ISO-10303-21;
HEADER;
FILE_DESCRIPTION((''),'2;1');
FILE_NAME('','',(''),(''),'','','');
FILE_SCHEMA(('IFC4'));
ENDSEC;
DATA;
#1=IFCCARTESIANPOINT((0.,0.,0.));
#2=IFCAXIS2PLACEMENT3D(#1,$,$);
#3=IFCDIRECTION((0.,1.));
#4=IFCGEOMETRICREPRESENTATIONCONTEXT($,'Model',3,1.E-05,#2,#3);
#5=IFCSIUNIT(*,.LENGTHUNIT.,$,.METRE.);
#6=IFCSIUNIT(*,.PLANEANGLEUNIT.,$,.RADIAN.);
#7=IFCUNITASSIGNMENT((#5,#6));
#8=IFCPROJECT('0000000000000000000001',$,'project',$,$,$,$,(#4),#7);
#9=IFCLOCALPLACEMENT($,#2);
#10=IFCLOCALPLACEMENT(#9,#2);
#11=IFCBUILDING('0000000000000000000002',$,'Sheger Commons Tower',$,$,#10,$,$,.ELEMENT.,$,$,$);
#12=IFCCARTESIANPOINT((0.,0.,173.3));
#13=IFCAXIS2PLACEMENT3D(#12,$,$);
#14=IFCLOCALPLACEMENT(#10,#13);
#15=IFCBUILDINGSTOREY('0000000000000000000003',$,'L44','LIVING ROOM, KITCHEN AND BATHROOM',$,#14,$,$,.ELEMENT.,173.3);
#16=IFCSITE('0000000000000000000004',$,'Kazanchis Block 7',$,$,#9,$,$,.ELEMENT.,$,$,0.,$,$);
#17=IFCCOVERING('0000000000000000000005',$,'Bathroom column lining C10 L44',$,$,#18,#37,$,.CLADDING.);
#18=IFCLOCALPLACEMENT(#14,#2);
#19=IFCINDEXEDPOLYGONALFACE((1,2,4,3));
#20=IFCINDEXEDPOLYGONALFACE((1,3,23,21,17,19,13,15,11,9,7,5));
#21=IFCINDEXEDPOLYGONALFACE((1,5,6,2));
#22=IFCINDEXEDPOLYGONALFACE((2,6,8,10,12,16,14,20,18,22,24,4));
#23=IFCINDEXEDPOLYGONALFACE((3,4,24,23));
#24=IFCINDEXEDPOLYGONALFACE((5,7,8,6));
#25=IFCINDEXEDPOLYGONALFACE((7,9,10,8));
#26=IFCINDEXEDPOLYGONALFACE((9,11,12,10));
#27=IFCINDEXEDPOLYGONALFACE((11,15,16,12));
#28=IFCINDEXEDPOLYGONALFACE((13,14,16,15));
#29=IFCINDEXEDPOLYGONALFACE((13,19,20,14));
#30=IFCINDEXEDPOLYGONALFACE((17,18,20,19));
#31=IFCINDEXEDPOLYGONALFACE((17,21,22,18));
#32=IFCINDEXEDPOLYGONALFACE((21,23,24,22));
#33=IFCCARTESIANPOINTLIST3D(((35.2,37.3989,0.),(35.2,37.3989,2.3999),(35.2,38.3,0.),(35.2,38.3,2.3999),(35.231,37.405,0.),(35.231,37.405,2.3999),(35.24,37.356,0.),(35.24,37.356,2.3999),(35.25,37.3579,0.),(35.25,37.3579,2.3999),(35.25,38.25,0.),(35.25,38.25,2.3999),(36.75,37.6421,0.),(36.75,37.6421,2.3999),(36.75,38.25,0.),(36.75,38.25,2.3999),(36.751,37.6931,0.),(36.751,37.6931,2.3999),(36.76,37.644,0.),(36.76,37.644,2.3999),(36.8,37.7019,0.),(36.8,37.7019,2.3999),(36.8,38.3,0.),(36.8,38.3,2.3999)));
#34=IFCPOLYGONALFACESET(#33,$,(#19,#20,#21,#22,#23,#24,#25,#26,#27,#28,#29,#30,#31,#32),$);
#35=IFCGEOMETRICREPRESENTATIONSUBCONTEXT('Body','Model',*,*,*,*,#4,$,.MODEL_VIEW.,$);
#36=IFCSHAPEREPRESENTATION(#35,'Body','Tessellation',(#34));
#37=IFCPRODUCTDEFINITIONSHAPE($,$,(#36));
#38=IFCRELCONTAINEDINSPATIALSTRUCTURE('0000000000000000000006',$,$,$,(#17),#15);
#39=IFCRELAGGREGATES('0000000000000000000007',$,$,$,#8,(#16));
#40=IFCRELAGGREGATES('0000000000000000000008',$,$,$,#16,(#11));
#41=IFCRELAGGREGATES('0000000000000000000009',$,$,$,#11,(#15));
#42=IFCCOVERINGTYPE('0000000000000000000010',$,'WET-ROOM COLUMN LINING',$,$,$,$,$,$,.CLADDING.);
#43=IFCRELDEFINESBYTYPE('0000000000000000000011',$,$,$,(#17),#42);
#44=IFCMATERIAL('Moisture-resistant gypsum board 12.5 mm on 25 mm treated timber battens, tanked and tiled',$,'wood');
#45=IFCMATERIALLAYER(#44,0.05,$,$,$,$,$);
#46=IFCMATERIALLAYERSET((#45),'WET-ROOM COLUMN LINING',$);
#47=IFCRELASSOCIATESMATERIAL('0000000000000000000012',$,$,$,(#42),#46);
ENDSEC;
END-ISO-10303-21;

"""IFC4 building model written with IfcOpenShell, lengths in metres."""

from ifc_helpers import new_model, si_unit, direction, frame, origin, place, context, subcontext, project, spatial, polyline, outline, extrude, material, layer, layer_set, type_object, element, save


model = new_model("IFC4")

# Units and contexts
model_context = context("Model", 3, precision=1e-05, world=origin(), true_north=direction((0.0, 1.0)))
body_context = subcontext(model_context, "Body", "Model", "MODEL_VIEW")
ifc_project = project(units=[si_unit("LENGTHUNIT", "METRE"), si_unit("PLANEANGLEUNIT", "RADIAN")], contexts=[model_context])

# Site, building, storey
site_placement = place(None, origin())
site = spatial("IfcSite", under=ifc_project, at=site_placement, Name="Kazanchis Block 7", CompositionType="ELEMENT", RefElevation=0.0)
building_placement = place(site_placement, origin())
building = spatial("IfcBuilding", under=site, at=building_placement, Name="Sheger Commons Tower", CompositionType="ELEMENT")
storey_placement = place(building_placement, frame((0.0, 0.0, 173.3)))
storey = spatial("IfcBuildingStorey", under=building, at=storey_placement, Name="L44", Description="LIVING ROOM, KITCHEN AND BATHROOM", CompositionType="ELEMENT", Elevation=173.3)

# Covering
ifc_material_1 = material(Name="Moisture-resistant gypsum board 12.5 mm on 25 mm treated timber battens, tanked and tiled", Category="wood")
ifc_layer_1 = layer(ifc_material_1, 0.05)
ifc_layer_set_1 = layer_set([ifc_layer_1], Name="WET-ROOM COLUMN LINING")
covering_type_1 = type_object("IfcCoveringType", Name="WET-ROOM COLUMN LINING", PredefinedType="CLADDING", material=ifc_layer_set_1)
covering_1_placement = place(storey_placement, origin())
element("IfcCovering", 1, at=covering_1_placement, inside=storey, type_object=covering_type_1, Name="Bathroom column lining C10 L44", PredefinedType="CLADDING", context=body_context, shape_type="SweptSolid", body=[
    extrude(outline(polyline([(36.8, 38.3), (36.8, 37.7019), (36.751, 37.6931), (36.76, 37.644), (36.75, 37.6421), (36.75, 38.25), (35.25, 38.25), (35.25, 37.3579), (35.24, 37.356), (35.231, 37.405), (35.2, 37.3989), (35.2, 38.3), (36.8, 38.3)])), origin(), (0.0, 0.0, 1.0), 2.3999),
])

save(model, "model.ifc")
